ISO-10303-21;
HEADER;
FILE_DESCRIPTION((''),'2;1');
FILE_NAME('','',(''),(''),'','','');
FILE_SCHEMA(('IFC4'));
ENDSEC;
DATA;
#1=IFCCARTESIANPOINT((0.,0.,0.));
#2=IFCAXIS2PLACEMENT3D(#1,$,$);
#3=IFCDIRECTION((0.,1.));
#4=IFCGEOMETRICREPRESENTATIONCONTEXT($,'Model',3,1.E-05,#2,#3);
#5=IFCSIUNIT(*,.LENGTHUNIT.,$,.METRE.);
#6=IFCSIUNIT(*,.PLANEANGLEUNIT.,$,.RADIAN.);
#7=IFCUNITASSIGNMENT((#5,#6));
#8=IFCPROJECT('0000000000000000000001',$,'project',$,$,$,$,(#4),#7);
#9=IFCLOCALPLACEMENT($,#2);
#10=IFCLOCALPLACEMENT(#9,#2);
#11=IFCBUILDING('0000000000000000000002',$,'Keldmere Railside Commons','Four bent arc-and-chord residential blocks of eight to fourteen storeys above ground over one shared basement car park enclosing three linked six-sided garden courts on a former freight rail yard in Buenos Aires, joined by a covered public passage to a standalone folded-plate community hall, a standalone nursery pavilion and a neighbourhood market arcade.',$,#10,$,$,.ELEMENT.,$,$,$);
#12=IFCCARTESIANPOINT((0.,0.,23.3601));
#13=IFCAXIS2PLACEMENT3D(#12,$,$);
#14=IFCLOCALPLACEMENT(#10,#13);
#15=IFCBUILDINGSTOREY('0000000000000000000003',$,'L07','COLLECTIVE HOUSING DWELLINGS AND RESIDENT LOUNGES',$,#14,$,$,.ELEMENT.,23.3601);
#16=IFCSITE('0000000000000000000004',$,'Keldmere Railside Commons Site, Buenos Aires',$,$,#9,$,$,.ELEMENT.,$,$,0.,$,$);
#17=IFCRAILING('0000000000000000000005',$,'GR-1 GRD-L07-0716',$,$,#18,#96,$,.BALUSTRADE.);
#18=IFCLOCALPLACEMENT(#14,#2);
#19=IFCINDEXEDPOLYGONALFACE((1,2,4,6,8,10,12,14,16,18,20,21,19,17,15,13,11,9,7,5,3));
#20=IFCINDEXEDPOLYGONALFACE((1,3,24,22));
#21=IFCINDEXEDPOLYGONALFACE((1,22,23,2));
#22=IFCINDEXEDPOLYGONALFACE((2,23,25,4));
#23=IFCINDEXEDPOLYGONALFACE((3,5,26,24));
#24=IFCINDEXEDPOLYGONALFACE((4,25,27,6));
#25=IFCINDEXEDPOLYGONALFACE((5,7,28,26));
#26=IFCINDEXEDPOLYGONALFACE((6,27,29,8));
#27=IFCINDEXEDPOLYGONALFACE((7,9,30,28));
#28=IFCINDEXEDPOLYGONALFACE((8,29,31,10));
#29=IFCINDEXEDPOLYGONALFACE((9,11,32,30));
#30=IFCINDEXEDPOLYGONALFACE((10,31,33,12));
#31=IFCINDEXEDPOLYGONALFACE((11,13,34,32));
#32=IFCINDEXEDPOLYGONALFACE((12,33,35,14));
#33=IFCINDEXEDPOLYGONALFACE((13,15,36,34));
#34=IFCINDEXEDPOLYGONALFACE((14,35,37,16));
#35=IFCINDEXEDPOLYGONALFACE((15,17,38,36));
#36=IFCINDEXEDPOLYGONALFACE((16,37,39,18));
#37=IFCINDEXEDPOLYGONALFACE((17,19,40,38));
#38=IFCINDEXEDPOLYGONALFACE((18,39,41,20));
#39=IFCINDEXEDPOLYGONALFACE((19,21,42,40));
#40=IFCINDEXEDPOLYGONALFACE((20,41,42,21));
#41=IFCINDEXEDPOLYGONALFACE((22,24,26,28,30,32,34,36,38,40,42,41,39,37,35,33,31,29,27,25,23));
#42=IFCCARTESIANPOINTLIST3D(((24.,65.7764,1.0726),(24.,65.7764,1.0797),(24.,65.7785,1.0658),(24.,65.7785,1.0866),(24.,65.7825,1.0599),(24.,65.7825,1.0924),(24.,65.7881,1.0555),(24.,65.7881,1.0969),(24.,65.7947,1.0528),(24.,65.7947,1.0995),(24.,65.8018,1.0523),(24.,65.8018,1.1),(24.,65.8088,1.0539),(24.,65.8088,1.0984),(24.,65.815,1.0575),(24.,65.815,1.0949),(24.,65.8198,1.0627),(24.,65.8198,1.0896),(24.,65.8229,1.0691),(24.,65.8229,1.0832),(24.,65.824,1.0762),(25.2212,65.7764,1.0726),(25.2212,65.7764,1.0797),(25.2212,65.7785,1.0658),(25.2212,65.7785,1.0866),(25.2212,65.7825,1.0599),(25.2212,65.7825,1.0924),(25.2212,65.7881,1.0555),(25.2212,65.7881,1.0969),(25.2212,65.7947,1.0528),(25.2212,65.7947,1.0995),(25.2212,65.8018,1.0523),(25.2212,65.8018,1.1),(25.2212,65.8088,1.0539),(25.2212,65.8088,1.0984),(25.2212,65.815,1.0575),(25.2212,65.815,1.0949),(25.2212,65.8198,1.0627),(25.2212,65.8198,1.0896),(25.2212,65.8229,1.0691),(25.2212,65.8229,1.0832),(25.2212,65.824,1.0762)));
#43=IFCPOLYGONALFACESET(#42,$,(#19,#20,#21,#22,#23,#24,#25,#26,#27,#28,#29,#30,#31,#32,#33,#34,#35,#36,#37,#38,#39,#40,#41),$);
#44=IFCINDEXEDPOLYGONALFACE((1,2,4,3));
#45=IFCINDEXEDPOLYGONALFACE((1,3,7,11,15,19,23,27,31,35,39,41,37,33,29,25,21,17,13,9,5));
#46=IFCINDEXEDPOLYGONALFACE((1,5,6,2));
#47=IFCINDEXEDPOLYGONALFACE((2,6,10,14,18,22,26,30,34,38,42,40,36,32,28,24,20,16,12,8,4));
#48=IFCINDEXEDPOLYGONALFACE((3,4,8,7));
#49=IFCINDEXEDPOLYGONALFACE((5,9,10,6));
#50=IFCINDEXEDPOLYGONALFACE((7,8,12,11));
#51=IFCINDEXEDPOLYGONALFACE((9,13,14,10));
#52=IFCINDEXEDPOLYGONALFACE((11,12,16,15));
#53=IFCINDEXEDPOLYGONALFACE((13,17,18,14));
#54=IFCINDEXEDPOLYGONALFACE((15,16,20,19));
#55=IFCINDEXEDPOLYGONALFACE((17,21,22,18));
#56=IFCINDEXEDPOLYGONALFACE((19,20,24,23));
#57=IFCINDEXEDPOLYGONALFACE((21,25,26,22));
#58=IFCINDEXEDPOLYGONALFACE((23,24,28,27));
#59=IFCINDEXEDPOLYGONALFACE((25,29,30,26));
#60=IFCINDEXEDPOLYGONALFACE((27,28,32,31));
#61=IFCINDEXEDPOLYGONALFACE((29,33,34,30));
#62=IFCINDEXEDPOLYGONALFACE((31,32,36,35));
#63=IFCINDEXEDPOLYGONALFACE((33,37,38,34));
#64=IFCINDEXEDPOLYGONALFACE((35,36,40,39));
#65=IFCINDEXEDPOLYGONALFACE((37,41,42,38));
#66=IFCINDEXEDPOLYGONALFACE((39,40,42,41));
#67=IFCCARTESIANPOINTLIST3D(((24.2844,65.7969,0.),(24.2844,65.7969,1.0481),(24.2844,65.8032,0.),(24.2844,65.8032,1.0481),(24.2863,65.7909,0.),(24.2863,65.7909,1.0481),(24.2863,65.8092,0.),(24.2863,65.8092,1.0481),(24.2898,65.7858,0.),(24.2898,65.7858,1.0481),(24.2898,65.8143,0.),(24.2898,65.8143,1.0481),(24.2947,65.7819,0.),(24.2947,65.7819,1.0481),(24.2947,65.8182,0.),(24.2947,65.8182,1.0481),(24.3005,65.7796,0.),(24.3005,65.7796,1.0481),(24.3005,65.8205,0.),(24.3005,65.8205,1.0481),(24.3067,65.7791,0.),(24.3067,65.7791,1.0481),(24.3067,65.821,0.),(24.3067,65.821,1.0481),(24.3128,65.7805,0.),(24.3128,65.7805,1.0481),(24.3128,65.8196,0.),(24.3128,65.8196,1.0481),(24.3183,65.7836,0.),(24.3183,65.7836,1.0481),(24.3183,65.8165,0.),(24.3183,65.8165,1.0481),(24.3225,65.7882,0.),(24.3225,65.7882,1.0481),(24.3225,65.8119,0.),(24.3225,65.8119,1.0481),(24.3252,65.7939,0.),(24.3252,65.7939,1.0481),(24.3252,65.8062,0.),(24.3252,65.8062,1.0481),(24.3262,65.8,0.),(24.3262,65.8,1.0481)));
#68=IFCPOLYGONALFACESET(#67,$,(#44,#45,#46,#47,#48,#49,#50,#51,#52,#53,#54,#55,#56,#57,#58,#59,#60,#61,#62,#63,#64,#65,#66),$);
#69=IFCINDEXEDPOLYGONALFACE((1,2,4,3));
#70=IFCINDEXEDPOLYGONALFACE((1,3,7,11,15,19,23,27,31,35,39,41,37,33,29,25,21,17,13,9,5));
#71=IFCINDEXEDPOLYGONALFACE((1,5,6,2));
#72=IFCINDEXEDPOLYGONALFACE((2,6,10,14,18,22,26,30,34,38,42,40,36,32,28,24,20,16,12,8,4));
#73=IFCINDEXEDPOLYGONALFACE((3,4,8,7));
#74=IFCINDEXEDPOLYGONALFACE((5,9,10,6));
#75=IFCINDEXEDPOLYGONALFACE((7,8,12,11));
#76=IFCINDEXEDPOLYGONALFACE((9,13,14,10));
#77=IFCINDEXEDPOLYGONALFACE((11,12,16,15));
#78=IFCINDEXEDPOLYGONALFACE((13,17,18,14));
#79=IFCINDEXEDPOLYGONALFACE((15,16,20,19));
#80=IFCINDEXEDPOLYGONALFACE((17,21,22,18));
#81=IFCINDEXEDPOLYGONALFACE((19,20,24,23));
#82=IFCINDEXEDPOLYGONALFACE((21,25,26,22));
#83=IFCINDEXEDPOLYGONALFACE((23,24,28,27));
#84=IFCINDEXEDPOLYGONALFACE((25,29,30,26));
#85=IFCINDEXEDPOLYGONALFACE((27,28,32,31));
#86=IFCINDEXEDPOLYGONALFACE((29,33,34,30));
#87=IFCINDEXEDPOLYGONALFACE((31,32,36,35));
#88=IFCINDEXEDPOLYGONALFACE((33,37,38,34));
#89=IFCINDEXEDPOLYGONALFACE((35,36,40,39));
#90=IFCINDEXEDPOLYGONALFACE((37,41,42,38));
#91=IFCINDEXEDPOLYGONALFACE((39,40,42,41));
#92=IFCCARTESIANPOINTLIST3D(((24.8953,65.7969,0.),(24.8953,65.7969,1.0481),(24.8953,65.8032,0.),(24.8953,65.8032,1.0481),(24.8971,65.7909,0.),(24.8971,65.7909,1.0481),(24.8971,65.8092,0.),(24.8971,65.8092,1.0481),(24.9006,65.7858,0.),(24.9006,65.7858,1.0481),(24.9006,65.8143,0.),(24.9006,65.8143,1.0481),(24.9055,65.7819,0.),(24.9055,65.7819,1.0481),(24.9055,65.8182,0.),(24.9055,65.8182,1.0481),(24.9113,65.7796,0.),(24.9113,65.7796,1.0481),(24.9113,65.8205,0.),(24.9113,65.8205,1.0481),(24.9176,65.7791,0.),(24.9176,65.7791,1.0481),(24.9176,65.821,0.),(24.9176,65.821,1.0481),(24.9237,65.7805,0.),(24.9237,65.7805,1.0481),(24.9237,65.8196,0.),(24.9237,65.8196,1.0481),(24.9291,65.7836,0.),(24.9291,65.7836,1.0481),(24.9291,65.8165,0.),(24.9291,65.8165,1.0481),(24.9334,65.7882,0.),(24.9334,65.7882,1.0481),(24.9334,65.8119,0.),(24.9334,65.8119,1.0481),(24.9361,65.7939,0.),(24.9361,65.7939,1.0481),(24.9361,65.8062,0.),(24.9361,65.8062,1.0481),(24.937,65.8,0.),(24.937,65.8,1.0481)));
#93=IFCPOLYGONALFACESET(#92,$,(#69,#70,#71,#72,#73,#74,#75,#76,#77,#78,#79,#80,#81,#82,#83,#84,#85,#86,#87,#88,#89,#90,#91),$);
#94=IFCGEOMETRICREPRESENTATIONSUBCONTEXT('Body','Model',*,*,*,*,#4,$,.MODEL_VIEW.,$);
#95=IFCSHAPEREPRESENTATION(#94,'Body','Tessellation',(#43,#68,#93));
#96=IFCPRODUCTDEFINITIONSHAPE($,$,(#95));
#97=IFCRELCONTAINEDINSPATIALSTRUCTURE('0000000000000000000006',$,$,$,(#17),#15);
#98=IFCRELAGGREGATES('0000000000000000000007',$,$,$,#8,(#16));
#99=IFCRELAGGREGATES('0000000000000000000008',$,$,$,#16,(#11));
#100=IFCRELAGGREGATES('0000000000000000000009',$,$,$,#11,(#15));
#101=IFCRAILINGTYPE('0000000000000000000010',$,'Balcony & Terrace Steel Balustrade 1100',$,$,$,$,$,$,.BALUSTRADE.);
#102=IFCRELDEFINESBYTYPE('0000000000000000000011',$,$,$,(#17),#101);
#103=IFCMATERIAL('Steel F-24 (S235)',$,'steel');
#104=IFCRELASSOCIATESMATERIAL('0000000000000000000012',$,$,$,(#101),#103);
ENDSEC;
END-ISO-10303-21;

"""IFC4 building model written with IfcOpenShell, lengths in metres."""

from ifc_helpers import new_model, si_unit, direction, frame, origin, origin_2d, place, context, subcontext, project, spatial, circle, extrude, material, type_object, element, save


model = new_model("IFC4")

# Units and contexts
model_context = context("Model", 3, precision=1e-05, world=origin(), true_north=direction((0.0, 1.0)))
body_context = subcontext(model_context, "Body", "Model", "MODEL_VIEW")
ifc_project = project(units=[si_unit("LENGTHUNIT", "METRE"), si_unit("PLANEANGLEUNIT", "RADIAN")], contexts=[model_context])

# Site, building, storey
site_placement = place(None, origin())
site = spatial("IfcSite", under=ifc_project, at=site_placement, Name="Keldmere Railside Commons Site, Buenos Aires", CompositionType="ELEMENT", RefElevation=0.0)
building_placement = place(site_placement, origin())
building = spatial("IfcBuilding", under=site, at=building_placement, Name="Keldmere Railside Commons", Description="Four bent arc-and-chord residential blocks of eight to fourteen storeys above ground over one shared basement car park enclosing three linked six-sided garden courts on a former freight rail yard in Buenos Aires, joined by a covered public passage to a standalone folded-plate community hall, a standalone nursery pavilion and a neighbourhood market arcade.", CompositionType="ELEMENT")
storey_placement = place(building_placement, frame((0.0, 0.0, 23.3601)))
storey = spatial("IfcBuildingStorey", under=building, at=storey_placement, Name="L07", Description="COLLECTIVE HOUSING DWELLINGS AND RESIDENT LOUNGES", CompositionType="ELEMENT", Elevation=23.3601)

# Shared definitions
ifc_material_1 = material(Name="Steel F-24 (S235)", Category="steel")

# Railing
railing_type = type_object("IfcRailingType", Name="Balcony & Terrace Steel Balustrade 1100", PredefinedType="BALUSTRADE", material=ifc_material_1)
railing_placement = place(storey_placement, frame((24.0, 65.8, 0.0)))
element("IfcRailing", 1, at=railing_placement, inside=storey, type_object=railing_type, Name="GR-1 GRD-L07-0716", PredefinedType="BALUSTRADE", context=body_context, shape_type="SweptSolid", body=[
    extrude(circle(Radius=0.0239, at=origin_2d()), frame((0.0, 0.0, 1.0762), z_axis=(1.0, 0.0, 0.0), x_axis=(0.0, 1.0, 0.0)), (0.0, 0.0, 1.0), 1.2212),
    extrude(circle(Radius=0.021, at=origin_2d()), frame((0.3052, 0.0, 0.0)), (0.0, 0.0, 1.0), 1.0481),
    extrude(circle(Radius=0.021, at=origin_2d()), frame((0.916, 0.0, 0.0)), (0.0, 0.0, 1.0), 1.0481),
])

save(model, "model.ifc")
